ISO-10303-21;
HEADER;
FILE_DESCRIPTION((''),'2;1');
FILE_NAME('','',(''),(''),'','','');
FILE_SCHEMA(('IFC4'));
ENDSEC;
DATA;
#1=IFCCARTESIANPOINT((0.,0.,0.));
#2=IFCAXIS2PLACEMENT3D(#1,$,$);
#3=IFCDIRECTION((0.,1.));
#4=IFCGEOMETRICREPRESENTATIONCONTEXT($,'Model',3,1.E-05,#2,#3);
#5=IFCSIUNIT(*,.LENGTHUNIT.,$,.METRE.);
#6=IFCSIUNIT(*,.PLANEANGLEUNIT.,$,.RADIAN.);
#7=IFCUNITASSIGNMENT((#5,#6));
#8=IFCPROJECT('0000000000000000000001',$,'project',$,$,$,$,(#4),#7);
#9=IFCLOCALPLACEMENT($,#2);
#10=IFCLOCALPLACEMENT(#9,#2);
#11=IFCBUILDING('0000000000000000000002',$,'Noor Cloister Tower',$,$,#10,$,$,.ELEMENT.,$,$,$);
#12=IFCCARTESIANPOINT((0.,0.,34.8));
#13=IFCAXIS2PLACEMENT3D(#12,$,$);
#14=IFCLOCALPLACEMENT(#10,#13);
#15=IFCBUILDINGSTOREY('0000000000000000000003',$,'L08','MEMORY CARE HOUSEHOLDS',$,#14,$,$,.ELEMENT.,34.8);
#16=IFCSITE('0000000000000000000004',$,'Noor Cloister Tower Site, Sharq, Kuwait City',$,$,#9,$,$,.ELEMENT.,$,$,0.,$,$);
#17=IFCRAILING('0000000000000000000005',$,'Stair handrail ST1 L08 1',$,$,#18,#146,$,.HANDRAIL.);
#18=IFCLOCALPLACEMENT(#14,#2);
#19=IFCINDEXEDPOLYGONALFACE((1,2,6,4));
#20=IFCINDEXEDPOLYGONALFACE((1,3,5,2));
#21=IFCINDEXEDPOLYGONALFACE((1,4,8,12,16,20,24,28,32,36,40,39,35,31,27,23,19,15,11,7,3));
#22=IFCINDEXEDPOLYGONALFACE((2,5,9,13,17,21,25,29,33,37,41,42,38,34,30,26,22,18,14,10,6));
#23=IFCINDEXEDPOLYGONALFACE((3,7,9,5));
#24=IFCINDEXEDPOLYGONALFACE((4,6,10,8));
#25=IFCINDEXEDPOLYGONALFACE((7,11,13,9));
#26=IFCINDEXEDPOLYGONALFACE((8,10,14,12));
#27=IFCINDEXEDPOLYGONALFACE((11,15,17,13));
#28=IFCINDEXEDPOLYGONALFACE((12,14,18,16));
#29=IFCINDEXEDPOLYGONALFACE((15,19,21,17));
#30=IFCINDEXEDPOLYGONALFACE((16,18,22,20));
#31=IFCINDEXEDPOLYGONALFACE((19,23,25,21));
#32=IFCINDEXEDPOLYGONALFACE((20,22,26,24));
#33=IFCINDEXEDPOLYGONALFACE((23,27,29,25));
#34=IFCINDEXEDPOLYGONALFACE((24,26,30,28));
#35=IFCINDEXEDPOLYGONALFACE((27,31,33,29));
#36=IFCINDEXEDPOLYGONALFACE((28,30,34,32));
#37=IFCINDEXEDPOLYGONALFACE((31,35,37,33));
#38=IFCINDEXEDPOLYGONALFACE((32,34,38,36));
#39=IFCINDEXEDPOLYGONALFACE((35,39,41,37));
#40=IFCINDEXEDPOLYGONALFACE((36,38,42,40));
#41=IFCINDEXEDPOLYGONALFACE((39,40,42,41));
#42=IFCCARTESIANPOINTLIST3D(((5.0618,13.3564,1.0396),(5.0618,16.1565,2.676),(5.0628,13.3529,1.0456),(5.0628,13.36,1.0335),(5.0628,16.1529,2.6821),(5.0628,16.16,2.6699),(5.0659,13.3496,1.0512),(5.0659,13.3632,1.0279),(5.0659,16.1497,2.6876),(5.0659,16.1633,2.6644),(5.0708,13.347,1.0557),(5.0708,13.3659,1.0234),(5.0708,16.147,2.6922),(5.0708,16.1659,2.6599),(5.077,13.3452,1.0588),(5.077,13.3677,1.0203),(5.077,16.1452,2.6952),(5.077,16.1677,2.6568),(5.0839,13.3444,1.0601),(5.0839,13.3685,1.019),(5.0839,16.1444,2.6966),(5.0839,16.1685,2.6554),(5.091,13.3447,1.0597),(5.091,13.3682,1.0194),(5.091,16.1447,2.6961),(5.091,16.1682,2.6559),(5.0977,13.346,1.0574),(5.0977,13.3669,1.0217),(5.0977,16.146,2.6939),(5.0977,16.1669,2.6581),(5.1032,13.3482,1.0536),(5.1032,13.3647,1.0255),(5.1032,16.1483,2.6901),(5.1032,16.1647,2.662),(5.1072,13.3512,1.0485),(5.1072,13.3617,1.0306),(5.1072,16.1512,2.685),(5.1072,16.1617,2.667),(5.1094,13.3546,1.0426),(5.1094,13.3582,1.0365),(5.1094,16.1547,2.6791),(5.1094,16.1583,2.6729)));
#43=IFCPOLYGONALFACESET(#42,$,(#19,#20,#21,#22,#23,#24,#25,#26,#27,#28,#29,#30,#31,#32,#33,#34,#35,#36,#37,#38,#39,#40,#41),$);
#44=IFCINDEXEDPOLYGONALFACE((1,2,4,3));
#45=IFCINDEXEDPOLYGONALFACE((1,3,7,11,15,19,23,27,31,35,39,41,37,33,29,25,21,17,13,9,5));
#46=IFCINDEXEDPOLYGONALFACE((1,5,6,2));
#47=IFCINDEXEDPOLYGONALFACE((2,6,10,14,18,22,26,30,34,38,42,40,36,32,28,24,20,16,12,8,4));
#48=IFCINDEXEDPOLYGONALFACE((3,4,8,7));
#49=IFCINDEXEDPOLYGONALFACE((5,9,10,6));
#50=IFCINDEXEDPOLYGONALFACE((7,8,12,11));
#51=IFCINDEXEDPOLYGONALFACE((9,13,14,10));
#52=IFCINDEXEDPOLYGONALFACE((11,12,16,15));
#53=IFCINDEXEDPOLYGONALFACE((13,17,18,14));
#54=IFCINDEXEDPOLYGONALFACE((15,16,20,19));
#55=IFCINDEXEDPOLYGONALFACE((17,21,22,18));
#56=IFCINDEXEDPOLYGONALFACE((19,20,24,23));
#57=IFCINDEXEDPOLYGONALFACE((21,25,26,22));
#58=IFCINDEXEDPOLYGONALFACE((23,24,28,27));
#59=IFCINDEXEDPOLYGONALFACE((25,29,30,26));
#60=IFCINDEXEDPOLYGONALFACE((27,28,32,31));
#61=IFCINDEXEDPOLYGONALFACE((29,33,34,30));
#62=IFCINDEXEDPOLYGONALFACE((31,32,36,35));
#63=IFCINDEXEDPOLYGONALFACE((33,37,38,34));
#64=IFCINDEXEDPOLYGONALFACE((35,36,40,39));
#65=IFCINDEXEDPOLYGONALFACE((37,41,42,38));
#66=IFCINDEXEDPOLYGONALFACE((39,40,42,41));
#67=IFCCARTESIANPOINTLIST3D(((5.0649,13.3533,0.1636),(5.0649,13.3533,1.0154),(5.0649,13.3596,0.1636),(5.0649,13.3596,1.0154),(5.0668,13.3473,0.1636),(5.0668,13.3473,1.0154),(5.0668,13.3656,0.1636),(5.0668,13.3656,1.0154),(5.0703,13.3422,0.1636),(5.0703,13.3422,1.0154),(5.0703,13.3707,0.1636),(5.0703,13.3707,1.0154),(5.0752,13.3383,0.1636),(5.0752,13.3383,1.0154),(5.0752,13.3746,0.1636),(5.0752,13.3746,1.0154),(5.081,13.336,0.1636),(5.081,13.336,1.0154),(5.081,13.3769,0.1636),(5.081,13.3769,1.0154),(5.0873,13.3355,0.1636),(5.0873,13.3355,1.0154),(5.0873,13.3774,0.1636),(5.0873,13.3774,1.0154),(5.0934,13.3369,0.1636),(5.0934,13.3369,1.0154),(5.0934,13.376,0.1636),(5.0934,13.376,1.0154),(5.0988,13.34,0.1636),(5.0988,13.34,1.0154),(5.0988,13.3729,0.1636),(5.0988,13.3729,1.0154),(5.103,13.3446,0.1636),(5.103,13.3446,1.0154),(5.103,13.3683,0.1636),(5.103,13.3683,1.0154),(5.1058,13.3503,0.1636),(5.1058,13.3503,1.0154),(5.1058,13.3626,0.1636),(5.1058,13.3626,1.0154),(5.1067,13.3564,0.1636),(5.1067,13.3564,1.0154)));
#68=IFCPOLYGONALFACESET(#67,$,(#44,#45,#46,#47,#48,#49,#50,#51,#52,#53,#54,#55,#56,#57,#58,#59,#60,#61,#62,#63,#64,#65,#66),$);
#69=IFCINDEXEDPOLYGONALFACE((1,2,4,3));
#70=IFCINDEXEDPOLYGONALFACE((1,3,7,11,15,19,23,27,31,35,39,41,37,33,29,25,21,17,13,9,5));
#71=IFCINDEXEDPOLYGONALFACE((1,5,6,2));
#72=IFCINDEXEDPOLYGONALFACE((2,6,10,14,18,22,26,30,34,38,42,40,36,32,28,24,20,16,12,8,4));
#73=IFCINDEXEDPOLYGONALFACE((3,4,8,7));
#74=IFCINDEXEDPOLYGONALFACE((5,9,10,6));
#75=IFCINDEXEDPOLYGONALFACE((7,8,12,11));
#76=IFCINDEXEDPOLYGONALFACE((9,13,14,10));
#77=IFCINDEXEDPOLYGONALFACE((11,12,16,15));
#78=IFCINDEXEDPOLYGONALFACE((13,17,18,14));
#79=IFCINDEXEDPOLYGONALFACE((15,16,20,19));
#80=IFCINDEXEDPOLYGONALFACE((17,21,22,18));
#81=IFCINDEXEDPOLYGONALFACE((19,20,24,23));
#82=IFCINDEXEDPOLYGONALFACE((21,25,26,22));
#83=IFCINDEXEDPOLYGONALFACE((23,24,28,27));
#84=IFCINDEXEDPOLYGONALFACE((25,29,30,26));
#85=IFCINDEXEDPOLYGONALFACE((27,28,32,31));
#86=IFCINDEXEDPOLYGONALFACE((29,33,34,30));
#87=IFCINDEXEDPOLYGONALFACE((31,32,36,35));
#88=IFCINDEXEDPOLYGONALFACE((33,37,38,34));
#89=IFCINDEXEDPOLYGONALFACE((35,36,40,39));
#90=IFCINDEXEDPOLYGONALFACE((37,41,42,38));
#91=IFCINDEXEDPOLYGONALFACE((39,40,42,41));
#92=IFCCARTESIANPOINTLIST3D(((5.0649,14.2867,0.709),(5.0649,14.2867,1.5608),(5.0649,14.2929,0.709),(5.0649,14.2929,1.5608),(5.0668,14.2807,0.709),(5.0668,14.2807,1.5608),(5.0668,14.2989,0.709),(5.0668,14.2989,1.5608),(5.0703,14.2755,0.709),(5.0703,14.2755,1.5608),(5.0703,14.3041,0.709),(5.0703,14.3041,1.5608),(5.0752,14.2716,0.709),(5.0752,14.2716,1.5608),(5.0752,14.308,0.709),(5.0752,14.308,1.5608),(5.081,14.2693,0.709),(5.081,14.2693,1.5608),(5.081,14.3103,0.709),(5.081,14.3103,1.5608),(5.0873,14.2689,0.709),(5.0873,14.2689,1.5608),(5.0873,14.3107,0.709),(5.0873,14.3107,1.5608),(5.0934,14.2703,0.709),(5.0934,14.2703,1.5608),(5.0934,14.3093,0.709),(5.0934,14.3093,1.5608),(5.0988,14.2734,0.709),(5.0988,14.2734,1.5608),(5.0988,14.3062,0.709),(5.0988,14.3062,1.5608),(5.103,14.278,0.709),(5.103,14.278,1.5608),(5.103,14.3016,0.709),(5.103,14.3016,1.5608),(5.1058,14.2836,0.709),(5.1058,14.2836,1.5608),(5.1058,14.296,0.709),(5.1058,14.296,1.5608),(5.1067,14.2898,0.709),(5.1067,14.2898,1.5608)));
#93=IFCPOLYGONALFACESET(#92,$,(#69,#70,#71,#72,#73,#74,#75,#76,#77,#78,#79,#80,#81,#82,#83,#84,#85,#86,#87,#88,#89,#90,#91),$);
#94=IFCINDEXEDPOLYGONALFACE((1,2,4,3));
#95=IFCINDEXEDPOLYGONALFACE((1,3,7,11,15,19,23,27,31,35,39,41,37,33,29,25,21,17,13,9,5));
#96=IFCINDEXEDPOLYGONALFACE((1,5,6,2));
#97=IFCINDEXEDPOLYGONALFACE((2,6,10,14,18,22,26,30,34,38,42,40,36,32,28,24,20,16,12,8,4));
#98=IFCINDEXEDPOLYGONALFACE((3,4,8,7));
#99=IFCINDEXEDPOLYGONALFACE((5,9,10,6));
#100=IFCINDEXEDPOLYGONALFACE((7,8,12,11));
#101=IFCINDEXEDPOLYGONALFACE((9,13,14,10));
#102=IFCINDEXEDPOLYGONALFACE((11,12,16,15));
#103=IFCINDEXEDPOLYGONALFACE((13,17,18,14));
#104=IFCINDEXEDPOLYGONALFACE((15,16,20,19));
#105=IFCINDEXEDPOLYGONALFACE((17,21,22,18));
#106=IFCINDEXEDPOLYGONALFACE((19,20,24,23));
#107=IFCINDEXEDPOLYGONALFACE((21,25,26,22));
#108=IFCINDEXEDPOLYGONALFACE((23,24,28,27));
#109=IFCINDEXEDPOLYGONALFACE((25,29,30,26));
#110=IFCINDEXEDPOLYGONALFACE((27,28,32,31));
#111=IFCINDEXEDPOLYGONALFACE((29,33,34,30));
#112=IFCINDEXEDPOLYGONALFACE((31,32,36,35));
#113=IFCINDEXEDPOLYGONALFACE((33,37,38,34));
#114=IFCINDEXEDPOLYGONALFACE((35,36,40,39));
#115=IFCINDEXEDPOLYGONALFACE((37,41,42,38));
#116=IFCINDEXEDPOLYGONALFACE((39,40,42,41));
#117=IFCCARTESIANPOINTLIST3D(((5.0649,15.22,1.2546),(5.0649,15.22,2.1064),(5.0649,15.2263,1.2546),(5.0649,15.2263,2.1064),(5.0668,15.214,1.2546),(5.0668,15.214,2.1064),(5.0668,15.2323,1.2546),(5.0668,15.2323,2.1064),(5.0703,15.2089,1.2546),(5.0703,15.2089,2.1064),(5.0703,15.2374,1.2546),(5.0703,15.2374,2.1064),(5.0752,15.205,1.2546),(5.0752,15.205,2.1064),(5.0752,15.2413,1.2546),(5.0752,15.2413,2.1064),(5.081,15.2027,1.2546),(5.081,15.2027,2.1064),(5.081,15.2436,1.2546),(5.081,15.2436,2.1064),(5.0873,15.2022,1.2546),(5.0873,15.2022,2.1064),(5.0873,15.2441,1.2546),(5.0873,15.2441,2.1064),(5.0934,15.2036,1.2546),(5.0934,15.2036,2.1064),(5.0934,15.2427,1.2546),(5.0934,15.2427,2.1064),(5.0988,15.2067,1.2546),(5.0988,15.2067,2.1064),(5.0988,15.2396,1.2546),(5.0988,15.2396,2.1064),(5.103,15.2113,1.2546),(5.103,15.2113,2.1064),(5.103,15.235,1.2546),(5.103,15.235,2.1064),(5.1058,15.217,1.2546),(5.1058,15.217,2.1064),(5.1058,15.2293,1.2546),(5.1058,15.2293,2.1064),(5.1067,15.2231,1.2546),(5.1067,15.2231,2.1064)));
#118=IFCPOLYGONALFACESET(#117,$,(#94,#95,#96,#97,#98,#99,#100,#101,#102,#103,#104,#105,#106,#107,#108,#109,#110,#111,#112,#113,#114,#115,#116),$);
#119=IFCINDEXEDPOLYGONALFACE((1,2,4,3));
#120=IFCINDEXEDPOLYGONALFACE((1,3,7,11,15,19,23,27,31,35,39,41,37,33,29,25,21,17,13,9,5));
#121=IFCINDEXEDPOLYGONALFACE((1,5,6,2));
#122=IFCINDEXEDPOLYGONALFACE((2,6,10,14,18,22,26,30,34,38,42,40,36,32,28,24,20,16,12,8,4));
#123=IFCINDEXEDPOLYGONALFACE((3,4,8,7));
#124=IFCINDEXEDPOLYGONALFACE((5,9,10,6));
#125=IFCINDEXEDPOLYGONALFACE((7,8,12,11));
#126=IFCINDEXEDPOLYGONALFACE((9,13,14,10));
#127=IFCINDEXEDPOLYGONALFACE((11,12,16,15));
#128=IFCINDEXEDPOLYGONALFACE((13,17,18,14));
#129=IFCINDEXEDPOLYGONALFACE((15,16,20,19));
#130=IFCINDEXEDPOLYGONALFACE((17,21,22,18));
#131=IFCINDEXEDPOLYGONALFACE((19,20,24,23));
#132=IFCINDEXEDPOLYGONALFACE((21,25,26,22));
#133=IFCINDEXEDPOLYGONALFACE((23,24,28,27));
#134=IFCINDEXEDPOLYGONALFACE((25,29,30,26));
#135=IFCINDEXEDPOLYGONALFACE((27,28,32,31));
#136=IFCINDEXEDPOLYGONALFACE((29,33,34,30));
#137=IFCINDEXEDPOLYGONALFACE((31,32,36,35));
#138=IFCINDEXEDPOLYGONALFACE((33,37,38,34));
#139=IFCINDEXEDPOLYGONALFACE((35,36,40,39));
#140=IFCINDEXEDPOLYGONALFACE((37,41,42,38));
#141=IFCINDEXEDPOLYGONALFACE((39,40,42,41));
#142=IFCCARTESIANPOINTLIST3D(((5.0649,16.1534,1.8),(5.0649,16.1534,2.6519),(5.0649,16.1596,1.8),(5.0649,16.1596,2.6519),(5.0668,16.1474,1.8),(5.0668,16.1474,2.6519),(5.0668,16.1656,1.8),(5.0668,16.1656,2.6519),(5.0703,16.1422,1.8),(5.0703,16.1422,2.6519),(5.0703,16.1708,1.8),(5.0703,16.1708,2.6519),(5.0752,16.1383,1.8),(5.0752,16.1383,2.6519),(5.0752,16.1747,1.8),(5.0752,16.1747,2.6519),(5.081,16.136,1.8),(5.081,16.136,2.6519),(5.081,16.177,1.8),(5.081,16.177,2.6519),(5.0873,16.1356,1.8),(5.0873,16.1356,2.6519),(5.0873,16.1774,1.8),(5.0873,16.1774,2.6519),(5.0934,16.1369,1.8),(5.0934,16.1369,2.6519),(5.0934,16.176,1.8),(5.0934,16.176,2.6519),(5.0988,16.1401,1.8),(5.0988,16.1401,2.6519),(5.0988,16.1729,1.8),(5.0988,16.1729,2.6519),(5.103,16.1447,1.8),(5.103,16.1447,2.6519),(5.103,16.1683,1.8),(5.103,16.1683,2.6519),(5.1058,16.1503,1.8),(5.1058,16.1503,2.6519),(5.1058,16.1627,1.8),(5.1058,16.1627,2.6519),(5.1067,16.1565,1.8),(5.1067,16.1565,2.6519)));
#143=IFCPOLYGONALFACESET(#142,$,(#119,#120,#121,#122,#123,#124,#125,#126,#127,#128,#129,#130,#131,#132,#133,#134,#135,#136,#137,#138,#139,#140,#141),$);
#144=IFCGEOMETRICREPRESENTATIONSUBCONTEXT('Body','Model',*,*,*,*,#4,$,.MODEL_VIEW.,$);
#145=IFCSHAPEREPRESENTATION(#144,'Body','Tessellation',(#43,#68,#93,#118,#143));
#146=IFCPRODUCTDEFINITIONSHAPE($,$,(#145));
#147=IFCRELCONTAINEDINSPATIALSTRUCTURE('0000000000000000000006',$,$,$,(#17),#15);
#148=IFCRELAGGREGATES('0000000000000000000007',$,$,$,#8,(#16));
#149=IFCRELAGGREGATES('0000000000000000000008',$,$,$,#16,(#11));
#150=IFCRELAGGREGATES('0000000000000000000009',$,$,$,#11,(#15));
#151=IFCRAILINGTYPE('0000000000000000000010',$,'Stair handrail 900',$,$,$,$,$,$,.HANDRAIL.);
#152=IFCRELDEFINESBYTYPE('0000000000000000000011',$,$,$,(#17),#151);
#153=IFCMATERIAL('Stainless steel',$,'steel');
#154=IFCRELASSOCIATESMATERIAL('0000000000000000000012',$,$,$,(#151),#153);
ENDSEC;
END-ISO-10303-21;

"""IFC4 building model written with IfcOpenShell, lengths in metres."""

from ifc_helpers import new_model, si_unit, direction, frame, origin, origin_2d, place, context, subcontext, project, spatial, circle, extrude, material, type_object, element, save


model = new_model("IFC4")

# Units and contexts
model_context = context("Model", 3, precision=1e-05, world=origin(), true_north=direction((0.0, 1.0)))
body_context = subcontext(model_context, "Body", "Model", "MODEL_VIEW")
ifc_project = project(units=[si_unit("LENGTHUNIT", "METRE"), si_unit("PLANEANGLEUNIT", "RADIAN")], contexts=[model_context])

# Site, building, storey
site_placement = place(None, origin())
site = spatial("IfcSite", under=ifc_project, at=site_placement, Name="Noor Cloister Tower Site, Sharq, Kuwait City", CompositionType="ELEMENT", RefElevation=0.0)
building_placement = place(site_placement, origin())
building = spatial("IfcBuilding", under=site, at=building_placement, Name="Noor Cloister Tower", CompositionType="ELEMENT")
storey_placement = place(building_placement, frame((0.0, 0.0, 34.8)))
storey = spatial("IfcBuildingStorey", under=building, at=storey_placement, Name="L08", Description="MEMORY CARE HOUSEHOLDS", CompositionType="ELEMENT", Elevation=34.8)

# Railing
ifc_material_1 = material(Name="Stainless steel", Category="steel")
railing_type_1 = type_object("IfcRailingType", Name="Stair handrail 900", PredefinedType="HANDRAIL", material=ifc_material_1)
railing_1_placement = place(storey_placement, frame((5.0857, 13.3564, 0.1636)))
element("IfcRailing", 1, at=railing_1_placement, inside=storey, type_object=railing_type_1, Name="Stair handrail ST1 L08 1", PredefinedType="HANDRAIL", context=body_context, shape_type="SweptSolid", body=[
    extrude(circle(Radius=0.0239, at=origin_2d()), frame((0.0, 0.0, 0.876), z_axis=(0.0, 0.863361, 0.504587), x_axis=(-1.0, 0.0, 0.0)), (0.0, 0.0, 1.0), 3.2432),
    extrude(circle(Radius=0.021, at=origin_2d()), origin(), (0.0, 0.0, 1.0), 0.8518),
    extrude(circle(Radius=0.021, at=origin_2d()), frame((0.0, 0.9333, 0.5454)), (0.0, 0.0, 1.0), 0.8518),
    extrude(circle(Radius=0.021, at=origin_2d()), frame((0.0, 1.8667, 1.0911)), (0.0, 0.0, 1.0), 0.8518),
    extrude(circle(Radius=0.021, at=origin_2d()), frame((0.0, 2.8, 1.6365)), (0.0, 0.0, 1.0), 0.8518),
])

save(model, "model.ifc")
